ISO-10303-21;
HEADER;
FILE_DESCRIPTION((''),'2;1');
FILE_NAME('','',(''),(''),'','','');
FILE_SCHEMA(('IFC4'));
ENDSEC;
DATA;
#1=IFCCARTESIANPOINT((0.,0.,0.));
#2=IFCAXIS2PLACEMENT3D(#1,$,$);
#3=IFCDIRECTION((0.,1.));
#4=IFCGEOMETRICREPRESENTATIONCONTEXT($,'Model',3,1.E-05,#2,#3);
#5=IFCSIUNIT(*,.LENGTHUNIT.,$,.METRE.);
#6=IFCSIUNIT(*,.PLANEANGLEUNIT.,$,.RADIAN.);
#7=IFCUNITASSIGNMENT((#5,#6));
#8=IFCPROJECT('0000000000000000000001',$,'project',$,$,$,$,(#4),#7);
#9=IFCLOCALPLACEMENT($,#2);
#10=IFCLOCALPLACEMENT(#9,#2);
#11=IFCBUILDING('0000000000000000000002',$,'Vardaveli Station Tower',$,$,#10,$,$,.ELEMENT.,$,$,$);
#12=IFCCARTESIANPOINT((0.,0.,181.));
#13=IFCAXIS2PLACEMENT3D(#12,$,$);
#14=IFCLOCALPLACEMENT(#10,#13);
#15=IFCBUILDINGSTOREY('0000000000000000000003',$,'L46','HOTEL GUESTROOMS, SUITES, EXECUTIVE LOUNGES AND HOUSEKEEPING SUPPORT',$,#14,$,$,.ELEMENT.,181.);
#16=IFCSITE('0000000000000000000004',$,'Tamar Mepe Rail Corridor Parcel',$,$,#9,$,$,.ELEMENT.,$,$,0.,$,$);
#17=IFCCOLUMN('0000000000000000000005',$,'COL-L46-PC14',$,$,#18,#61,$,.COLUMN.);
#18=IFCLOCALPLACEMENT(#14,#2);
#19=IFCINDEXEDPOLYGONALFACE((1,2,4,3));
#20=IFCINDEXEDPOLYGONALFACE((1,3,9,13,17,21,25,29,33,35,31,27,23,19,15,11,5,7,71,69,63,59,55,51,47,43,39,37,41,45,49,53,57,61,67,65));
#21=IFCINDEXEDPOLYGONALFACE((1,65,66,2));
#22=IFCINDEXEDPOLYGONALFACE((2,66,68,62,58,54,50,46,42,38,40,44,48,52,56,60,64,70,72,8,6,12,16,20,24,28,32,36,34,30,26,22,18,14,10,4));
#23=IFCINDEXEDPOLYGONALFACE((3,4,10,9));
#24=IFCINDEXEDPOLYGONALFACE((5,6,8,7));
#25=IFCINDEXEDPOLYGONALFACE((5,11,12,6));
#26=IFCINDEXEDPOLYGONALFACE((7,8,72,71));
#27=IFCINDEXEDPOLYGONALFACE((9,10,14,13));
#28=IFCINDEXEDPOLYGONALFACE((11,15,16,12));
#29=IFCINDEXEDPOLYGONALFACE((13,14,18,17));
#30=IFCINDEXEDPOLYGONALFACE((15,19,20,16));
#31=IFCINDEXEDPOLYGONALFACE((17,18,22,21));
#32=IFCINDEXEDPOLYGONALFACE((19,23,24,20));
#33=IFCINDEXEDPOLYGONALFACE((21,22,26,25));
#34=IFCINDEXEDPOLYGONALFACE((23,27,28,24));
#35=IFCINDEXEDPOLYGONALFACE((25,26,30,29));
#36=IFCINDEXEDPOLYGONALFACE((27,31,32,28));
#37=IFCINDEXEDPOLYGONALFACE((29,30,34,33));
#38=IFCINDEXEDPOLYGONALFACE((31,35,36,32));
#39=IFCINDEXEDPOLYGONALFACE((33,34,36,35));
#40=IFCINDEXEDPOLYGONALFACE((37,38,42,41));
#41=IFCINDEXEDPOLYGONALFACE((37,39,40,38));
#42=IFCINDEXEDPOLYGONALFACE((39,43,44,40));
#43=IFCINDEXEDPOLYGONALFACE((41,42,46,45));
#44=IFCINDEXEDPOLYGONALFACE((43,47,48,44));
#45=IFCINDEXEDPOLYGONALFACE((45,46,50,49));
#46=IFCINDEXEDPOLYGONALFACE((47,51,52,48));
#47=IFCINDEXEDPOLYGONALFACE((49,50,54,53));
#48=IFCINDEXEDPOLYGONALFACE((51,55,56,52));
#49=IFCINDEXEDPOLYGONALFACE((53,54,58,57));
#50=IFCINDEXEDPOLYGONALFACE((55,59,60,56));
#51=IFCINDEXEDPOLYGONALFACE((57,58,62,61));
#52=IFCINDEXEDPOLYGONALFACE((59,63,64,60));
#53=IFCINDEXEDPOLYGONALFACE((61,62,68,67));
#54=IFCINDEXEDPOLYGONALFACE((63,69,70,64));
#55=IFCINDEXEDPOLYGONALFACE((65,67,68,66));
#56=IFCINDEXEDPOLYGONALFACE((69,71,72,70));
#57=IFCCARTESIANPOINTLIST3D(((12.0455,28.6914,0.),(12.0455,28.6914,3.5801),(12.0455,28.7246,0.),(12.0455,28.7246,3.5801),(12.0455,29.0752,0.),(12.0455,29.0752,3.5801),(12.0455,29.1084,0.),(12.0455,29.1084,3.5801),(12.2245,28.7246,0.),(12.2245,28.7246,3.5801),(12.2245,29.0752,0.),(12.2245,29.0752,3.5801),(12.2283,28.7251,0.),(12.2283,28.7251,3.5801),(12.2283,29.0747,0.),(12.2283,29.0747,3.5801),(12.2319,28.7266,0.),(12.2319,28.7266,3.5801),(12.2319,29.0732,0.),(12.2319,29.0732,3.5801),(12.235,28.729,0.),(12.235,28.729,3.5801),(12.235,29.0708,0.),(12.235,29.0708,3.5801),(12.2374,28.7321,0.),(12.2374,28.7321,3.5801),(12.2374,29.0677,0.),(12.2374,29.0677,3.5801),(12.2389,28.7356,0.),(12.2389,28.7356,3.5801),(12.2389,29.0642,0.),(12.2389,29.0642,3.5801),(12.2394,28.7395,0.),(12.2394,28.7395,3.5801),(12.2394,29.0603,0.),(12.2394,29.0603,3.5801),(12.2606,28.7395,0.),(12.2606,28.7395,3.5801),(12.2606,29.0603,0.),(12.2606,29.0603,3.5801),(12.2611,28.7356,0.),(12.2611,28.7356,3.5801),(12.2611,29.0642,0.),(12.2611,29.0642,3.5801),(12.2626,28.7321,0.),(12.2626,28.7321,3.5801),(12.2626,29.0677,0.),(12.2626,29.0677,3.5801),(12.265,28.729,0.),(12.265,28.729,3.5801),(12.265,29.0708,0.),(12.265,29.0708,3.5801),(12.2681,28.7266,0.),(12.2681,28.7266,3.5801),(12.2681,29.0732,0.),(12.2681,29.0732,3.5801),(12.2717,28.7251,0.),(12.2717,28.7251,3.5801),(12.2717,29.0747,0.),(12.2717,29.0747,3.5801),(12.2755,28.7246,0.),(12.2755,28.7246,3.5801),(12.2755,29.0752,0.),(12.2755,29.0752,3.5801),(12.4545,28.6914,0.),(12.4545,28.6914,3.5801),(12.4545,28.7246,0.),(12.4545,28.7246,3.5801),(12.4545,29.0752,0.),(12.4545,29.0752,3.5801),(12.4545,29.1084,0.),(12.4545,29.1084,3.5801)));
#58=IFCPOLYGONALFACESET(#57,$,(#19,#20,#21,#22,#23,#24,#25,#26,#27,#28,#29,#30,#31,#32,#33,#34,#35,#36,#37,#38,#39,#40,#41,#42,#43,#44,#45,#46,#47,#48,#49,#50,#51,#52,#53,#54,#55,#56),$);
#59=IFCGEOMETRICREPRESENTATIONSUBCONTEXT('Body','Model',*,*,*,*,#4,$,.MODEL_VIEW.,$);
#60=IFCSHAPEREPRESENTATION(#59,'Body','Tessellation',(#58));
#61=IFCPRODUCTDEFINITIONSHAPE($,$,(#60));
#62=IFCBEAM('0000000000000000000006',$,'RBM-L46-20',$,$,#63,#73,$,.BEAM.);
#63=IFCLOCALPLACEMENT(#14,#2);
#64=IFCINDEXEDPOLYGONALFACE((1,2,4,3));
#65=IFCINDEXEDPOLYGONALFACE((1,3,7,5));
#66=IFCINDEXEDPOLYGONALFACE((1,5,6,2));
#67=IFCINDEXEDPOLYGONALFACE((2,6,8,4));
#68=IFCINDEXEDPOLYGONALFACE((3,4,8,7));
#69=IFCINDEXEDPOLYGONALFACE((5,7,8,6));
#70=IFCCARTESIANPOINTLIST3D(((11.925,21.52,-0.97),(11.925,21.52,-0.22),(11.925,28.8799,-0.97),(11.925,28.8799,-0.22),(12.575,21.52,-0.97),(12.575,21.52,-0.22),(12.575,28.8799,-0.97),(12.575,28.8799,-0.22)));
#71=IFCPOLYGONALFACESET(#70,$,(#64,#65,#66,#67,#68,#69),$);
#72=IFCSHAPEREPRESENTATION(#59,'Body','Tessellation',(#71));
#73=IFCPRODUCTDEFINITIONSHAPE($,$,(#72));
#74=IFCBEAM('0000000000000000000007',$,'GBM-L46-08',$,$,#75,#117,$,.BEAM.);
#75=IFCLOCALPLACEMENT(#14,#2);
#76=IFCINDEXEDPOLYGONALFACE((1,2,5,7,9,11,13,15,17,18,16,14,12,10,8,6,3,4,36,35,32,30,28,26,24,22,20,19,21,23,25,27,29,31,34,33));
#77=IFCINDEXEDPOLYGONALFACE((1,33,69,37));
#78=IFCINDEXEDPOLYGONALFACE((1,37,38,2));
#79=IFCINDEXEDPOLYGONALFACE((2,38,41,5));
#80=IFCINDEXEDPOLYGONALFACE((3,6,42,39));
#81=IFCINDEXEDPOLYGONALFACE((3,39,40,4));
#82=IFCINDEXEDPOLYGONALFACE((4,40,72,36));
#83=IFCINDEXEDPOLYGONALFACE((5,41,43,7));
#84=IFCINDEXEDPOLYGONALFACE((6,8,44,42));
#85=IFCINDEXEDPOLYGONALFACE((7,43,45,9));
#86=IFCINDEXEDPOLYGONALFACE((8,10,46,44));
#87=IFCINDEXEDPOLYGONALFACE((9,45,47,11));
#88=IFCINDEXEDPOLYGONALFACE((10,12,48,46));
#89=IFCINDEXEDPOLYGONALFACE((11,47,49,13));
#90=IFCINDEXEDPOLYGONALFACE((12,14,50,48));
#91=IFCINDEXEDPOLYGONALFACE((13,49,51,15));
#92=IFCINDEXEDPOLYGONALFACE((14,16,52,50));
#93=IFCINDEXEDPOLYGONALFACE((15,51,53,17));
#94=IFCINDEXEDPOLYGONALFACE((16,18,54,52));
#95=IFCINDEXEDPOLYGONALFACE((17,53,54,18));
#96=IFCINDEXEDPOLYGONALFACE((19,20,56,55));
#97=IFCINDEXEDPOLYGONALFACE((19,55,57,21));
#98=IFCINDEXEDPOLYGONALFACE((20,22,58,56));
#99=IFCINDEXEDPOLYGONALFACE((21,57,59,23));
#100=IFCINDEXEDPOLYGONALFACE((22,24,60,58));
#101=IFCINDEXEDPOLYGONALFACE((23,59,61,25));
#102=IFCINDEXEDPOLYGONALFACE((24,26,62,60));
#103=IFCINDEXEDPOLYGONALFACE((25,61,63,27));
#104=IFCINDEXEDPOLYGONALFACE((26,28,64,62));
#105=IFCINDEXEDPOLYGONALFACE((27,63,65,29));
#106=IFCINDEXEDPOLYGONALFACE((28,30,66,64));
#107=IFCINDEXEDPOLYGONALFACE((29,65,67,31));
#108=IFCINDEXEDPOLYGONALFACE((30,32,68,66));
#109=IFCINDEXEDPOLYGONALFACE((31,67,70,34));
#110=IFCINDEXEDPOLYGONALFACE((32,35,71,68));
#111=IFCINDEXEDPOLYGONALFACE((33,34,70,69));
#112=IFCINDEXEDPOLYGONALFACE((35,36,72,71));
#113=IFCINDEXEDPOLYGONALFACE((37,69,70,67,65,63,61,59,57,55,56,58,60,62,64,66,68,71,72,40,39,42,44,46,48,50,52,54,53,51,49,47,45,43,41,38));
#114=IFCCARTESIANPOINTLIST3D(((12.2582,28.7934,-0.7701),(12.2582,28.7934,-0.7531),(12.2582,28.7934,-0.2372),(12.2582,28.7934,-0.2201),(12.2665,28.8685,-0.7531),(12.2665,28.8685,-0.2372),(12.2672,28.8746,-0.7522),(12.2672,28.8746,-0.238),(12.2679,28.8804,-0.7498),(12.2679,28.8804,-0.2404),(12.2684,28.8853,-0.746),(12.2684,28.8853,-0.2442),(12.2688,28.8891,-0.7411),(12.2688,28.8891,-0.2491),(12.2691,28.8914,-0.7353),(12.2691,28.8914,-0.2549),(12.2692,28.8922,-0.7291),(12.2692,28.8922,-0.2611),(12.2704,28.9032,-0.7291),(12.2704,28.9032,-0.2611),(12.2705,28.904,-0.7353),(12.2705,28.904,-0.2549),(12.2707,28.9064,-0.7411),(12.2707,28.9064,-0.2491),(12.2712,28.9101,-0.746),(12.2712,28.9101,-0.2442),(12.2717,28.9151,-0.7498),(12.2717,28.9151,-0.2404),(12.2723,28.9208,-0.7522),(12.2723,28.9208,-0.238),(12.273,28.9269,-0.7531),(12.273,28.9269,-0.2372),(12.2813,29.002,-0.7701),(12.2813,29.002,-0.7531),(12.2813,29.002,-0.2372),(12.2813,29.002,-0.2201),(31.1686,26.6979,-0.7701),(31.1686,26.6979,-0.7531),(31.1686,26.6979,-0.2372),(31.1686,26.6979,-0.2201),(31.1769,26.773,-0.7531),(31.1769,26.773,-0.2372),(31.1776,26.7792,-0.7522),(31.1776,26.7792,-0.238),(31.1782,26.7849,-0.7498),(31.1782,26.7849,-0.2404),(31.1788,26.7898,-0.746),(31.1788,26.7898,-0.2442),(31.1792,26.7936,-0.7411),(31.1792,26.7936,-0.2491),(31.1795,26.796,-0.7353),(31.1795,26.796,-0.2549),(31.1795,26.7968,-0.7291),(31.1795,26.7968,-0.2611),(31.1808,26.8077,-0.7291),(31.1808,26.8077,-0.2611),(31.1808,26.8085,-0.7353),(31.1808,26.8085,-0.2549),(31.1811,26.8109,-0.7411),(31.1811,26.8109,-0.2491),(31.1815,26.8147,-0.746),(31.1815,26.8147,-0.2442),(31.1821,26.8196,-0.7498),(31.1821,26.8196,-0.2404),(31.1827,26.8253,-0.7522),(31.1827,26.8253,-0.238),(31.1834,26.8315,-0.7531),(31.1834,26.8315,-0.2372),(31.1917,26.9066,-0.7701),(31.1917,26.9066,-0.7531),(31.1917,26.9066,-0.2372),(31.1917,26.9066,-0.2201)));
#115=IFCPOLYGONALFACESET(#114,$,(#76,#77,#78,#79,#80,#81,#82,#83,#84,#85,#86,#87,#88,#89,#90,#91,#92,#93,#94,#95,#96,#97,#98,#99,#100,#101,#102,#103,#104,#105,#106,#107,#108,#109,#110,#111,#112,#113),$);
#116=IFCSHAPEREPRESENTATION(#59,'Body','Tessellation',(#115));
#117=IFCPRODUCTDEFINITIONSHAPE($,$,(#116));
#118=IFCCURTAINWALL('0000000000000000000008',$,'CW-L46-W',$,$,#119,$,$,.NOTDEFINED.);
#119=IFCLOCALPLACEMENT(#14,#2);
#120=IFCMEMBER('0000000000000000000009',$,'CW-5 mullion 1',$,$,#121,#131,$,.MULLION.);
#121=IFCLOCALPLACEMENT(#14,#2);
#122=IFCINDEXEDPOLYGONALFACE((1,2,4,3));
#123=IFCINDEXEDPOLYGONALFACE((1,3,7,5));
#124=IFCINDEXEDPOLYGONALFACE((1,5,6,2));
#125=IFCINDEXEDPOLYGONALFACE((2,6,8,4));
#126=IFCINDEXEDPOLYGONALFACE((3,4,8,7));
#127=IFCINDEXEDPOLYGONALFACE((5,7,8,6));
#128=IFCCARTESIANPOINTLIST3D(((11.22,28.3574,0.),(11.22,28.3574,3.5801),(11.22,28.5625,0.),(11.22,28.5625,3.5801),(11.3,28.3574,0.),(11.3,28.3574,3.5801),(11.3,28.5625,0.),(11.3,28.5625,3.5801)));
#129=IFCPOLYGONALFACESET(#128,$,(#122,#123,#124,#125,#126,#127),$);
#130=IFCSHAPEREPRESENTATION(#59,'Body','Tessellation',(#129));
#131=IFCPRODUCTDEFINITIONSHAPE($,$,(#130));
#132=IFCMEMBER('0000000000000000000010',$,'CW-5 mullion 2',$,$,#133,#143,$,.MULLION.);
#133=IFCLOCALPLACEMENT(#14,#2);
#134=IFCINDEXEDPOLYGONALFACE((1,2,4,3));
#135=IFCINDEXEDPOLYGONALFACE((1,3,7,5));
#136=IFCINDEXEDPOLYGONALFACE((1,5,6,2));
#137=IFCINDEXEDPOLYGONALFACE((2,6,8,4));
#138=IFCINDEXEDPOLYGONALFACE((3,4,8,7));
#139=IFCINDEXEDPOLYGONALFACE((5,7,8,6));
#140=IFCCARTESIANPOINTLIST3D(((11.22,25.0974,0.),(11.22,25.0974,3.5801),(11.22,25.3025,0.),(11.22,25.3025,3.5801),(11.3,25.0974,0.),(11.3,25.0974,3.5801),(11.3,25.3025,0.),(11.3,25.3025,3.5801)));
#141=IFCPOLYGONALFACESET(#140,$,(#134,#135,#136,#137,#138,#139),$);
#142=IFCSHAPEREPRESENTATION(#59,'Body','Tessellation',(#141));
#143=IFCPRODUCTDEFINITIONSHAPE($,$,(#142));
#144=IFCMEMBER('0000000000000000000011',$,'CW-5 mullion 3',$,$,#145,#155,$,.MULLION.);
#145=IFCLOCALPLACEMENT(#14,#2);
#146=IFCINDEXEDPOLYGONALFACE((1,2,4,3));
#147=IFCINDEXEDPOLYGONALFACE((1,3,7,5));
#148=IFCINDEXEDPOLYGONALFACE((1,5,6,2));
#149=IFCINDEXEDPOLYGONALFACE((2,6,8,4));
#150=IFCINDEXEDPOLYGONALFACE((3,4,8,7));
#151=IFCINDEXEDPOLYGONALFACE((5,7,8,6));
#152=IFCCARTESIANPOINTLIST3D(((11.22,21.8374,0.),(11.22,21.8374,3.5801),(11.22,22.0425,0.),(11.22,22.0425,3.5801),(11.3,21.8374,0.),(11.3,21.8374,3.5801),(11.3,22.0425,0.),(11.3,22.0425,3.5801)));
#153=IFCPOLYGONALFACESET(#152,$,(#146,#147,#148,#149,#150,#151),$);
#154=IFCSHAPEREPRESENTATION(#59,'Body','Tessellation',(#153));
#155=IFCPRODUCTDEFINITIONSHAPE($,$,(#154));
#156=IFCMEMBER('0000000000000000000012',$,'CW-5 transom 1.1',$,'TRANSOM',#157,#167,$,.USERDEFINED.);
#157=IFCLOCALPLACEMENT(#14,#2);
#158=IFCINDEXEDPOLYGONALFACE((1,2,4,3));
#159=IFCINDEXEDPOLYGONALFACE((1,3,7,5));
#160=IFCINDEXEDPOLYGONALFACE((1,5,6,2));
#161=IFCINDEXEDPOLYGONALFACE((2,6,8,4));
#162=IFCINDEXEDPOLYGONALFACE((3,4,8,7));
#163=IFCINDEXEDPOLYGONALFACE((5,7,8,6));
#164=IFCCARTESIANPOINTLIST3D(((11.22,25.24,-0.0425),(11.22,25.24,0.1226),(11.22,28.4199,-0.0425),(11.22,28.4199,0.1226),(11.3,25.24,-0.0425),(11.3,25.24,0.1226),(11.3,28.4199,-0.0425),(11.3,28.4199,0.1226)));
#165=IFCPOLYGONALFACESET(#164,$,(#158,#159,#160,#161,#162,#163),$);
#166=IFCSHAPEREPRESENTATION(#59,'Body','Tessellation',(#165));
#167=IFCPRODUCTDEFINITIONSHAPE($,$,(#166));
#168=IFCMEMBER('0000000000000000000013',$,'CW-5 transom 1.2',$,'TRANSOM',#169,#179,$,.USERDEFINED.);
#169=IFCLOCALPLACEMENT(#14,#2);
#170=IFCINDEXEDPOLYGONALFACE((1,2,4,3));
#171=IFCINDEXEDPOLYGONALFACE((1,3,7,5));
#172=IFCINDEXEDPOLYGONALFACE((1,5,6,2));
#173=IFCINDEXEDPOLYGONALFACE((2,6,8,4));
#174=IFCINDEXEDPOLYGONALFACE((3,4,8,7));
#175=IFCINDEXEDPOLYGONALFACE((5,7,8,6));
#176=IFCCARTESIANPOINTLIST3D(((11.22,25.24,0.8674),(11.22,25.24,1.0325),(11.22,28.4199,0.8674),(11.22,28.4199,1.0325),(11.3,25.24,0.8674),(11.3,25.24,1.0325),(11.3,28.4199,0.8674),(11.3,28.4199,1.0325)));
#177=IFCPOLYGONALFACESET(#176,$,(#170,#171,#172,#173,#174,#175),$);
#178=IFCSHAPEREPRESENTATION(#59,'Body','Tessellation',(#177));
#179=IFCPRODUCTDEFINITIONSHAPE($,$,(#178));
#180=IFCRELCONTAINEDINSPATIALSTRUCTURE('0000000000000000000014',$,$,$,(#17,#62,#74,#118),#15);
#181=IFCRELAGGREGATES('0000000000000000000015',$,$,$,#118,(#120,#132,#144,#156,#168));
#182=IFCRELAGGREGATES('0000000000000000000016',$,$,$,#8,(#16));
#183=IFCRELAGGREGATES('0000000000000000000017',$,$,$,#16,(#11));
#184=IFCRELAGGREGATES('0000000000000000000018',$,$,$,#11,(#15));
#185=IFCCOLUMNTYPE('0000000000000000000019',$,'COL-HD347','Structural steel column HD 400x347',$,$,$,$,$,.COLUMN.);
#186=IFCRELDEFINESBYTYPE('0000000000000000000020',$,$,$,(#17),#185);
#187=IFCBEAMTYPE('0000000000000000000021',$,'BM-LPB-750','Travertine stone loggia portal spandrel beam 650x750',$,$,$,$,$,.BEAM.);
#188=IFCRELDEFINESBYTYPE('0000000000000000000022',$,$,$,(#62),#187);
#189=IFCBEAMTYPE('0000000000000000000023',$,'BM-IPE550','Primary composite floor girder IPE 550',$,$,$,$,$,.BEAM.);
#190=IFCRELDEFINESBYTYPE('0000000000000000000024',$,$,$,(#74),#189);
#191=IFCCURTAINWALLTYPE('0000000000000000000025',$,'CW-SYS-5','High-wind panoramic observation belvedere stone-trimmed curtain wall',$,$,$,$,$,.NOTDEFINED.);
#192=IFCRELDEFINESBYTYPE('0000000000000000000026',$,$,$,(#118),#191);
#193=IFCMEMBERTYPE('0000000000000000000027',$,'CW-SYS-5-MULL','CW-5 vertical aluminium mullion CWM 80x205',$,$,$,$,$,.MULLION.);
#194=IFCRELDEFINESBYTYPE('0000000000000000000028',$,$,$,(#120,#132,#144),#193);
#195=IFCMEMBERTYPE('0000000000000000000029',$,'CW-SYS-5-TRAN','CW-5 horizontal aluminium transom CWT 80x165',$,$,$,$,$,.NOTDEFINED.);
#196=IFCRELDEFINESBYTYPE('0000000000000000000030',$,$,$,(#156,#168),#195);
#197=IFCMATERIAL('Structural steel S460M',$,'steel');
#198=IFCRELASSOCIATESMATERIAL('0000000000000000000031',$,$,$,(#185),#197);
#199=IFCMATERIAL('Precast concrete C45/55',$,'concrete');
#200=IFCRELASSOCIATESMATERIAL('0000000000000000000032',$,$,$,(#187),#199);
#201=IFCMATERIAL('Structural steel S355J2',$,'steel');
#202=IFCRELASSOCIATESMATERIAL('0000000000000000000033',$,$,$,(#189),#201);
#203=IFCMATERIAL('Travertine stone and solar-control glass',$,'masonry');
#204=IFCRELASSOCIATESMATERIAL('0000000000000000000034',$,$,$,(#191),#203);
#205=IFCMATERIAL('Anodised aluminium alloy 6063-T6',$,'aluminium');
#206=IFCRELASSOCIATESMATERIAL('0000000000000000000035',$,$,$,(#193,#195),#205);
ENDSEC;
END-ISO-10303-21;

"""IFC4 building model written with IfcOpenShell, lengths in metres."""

from ifc_helpers import new_model, si_unit, direction, frame, origin, origin_2d, place, context, subcontext, project, spatial, rectangle, i_section, extrude, source, transform, mapped, material, material_profile, profile_set, type_object, element, aggregate, save


model = new_model("IFC4")

# Units and contexts
model_context = context("Model", 3, precision=1e-05, world=origin(), true_north=direction((0.0, 1.0)))
body_context = subcontext(model_context, "Body", "Model", "MODEL_VIEW")
ifc_project = project(units=[si_unit("LENGTHUNIT", "METRE"), si_unit("PLANEANGLEUNIT", "RADIAN")], contexts=[model_context])

# Site, building, storey
site_placement = place(None, origin())
site = spatial("IfcSite", under=ifc_project, at=site_placement, Name="Tamar Mepe Rail Corridor Parcel", CompositionType="ELEMENT", RefElevation=0.0)
building_placement = place(site_placement, origin())
building = spatial("IfcBuilding", under=site, at=building_placement, Name="Vardaveli Station Tower", CompositionType="ELEMENT")
storey_placement = place(building_placement, frame((0.0, 0.0, 181.0)))
storey = spatial("IfcBuildingStorey", under=building, at=storey_placement, Name="L46", Description="HOTEL GUESTROOMS, SUITES, EXECUTIVE LOUNGES AND HOUSEKEEPING SUPPORT", CompositionType="ELEMENT", Elevation=181.0)

# Column
ifc_material_1 = material(Name="Structural steel S460M", Category="steel")
ifc_material_profile_1 = material_profile(ifc_material_1, i_section(OverallWidth=0.4089, OverallDepth=0.417, WebThickness=0.0212, FlangeThickness=0.0332, FilletRadius=0.0149, at=origin_2d()), Name="HD 400x347")
ifc_profile_set_1 = profile_set([ifc_material_profile_1], Name="Structural steel S460M")
column_type = type_object("IfcColumnType", Name="COL-HD347", Description="Structural steel column HD 400x347", PredefinedType="COLUMN", material=ifc_profile_set_1)
shared_shape_1 = source(origin(), body_context, "Body", "SweptSolid", [
    extrude(i_section(OverallWidth=0.4089, OverallDepth=0.417, WebThickness=0.0212, FlangeThickness=0.0332, FilletRadius=0.0149, at=origin_2d()), origin(), (0.0, 0.0, 1.0), 3.5801),
])
column_placement = place(storey_placement, frame((12.25, 28.8999, 0.0), z_axis=(0.0, 0.0, 1.0), x_axis=(1.0, 0.0, 0.0)))
element("IfcColumn", 1, at=column_placement, inside=storey, type_object=column_type, Name="COL-L46-PC14", PredefinedType="COLUMN", context=body_context, shape_type="MappedRepresentation", body=[
    mapped(shared_shape_1, transform((0.0, 0.0, 0.0), scale=1.0)),
])

# Beams
ifc_material_2 = material(Name="Precast concrete C45/55", Category="concrete")
ifc_material_profile_2 = material_profile(ifc_material_2, rectangle(XDim=0.6499, YDim=0.75, at=origin_2d()), Name="LPB 650x750")
ifc_profile_set_2 = profile_set([ifc_material_profile_2], Name="Precast concrete C45/55")
beam_type_1 = type_object("IfcBeamType", Name="BM-LPB-750", Description="Travertine stone loggia portal spandrel beam 650x750", PredefinedType="BEAM", material=ifc_profile_set_2)
shared_shape_2 = source(origin(), body_context, "Body", "SweptSolid", [
    extrude(rectangle(XDim=0.6499, YDim=0.75, at=origin_2d()), origin(), (0.0, 0.0, 1.0), 7.3599),
])
beam_1_placement = place(storey_placement, frame((12.25, 28.8799, -0.595), z_axis=(0.0, -1.0, 0.0), x_axis=(1.0, 0.0, 0.0)))
element("IfcBeam", 2, at=beam_1_placement, inside=storey, type_object=beam_type_1, Name="RBM-L46-20", PredefinedType="BEAM", context=body_context, shape_type="MappedRepresentation", body=[
    mapped(shared_shape_2, transform((0.0, 0.0, 0.0), scale=1.0)),
])
ifc_material_3 = material(Name="Structural steel S355J2", Category="steel")
ifc_material_profile_3 = material_profile(ifc_material_3, i_section(OverallWidth=0.21, OverallDepth=0.55, WebThickness=0.011, FlangeThickness=0.0171, FilletRadius=0.0239, at=origin_2d()), Name="IPE 550")
ifc_profile_set_3 = profile_set([ifc_material_profile_3], Name="Structural steel S355J2")
beam_type_2 = type_object("IfcBeamType", Name="BM-IPE550", Description="Primary composite floor girder IPE 550", PredefinedType="BEAM", material=ifc_profile_set_3)
shared_shape_3 = source(origin(), body_context, "Body", "SweptSolid", [
    extrude(i_section(OverallWidth=0.21, OverallDepth=0.55, WebThickness=0.011, FlangeThickness=0.0171, FilletRadius=0.0239, at=origin_2d()), origin(), (0.0, 0.0, 1.0), 19.0261),
])
beam_2_placement = place(storey_placement, frame((12.2698, 28.8977, -0.4951), z_axis=(0.993917, -0.110136, 0.0), x_axis=(0.110136, 0.993917, 0.0)))
element("IfcBeam", 3, at=beam_2_placement, inside=storey, type_object=beam_type_2, Name="GBM-L46-08", PredefinedType="BEAM", context=body_context, shape_type="MappedRepresentation", body=[
    mapped(shared_shape_3, transform((0.0, 0.0, 0.0), scale=1.0)),
])

# Curtain wall, members
ifc_material_4 = material(Name="Travertine stone and solar-control glass", Category="masonry")
curtain_wall_type = type_object("IfcCurtainWallType", Name="CW-SYS-5", Description="High-wind panoramic observation belvedere stone-trimmed curtain wall", PredefinedType="NOTDEFINED", material=ifc_material_4)
curtain_wall_placement = place(storey_placement, origin())
curtain_wall = element("IfcCurtainWall", 4, at=curtain_wall_placement, inside=storey, type_object=curtain_wall_type, Name="CW-L46-W", PredefinedType="NOTDEFINED")
ifc_material_5 = material(Name="Anodised aluminium alloy 6063-T6", Category="aluminium")
ifc_material_profile_4 = material_profile(ifc_material_5, rectangle(XDim=0.0801, YDim=0.2051, at=origin_2d()), Name="CWM 80x205")
ifc_profile_set_4 = profile_set([ifc_material_profile_4], Name="Anodised aluminium alloy 6063-T6")
member_type_1 = type_object("IfcMemberType", Name="CW-SYS-5-MULL", Description="CW-5 vertical aluminium mullion CWM 80x205", PredefinedType="MULLION", material=ifc_profile_set_4)
shared_shape_4 = source(origin(), body_context, "Body", "SweptSolid", [
    extrude(rectangle(XDim=0.0801, YDim=0.2051, at=origin_2d()), origin(), (0.0, 0.0, 1.0), 3.5801),
])
member_1_placement = place(storey_placement, frame((11.26, 28.46, 0.0), z_axis=(0.0, 0.0, 1.0), x_axis=(1.0, 0.0, 0.0)))
member_1 = element("IfcMember", 5, at=member_1_placement, type_object=member_type_1, Name="CW-5 mullion 1", PredefinedType="MULLION", context=body_context, shape_type="MappedRepresentation", body=[
    mapped(shared_shape_4, transform((0.0, 0.0, 0.0), scale=1.0)),
])
member_2_placement = place(storey_placement, frame((11.26, 25.2, 0.0), z_axis=(0.0, 0.0, 1.0), x_axis=(1.0, 0.0, 0.0)))
member_2 = element("IfcMember", 6, at=member_2_placement, type_object=member_type_1, Name="CW-5 mullion 2", PredefinedType="MULLION", context=body_context, shape_type="MappedRepresentation", body=[
    mapped(shared_shape_4, transform((0.0, 0.0, 0.0), scale=1.0)),
])
member_3_placement = place(storey_placement, frame((11.26, 21.9399, 0.0), z_axis=(0.0, 0.0, 1.0), x_axis=(1.0, 0.0, 0.0)))
member_3 = element("IfcMember", 7, at=member_3_placement, type_object=member_type_1, Name="CW-5 mullion 3", PredefinedType="MULLION", context=body_context, shape_type="MappedRepresentation", body=[
    mapped(shared_shape_4, transform((0.0, 0.0, 0.0), scale=1.0)),
])
ifc_material_profile_5 = material_profile(ifc_material_5, rectangle(XDim=0.0801, YDim=0.165, at=origin_2d()), Name="CWT 80x165")
ifc_profile_set_5 = profile_set([ifc_material_profile_5], Name="Anodised aluminium alloy 6063-T6")
member_type_2 = type_object("IfcMemberType", Name="CW-SYS-5-TRAN", Description="CW-5 horizontal aluminium transom CWT 80x165", PredefinedType="NOTDEFINED", material=ifc_profile_set_5)
shared_shape_5 = source(origin(), body_context, "Body", "SweptSolid", [
    extrude(rectangle(XDim=0.0801, YDim=0.165, at=origin_2d()), origin(), (0.0, 0.0, 1.0), 3.1799),
])
member_4_placement = place(storey_placement, frame((11.26, 28.4199, 0.04), z_axis=(0.0, -1.0, 0.0), x_axis=(1.0, 0.0, 0.0)))
member_4 = element("IfcMember", 8, at=member_4_placement, type_object=member_type_2, Name="CW-5 transom 1.1", ObjectType="TRANSOM", PredefinedType="USERDEFINED", context=body_context, shape_type="MappedRepresentation", body=[
    mapped(shared_shape_5, transform((0.0, 0.0, 0.0), scale=1.0)),
])
member_5_placement = place(storey_placement, frame((11.26, 28.4199, 0.95), z_axis=(0.0, -1.0, 0.0), x_axis=(1.0, 0.0, 0.0)))
member_5 = element("IfcMember", 9, at=member_5_placement, type_object=member_type_2, Name="CW-5 transom 1.2", ObjectType="TRANSOM", PredefinedType="USERDEFINED", context=body_context, shape_type="MappedRepresentation", body=[
    mapped(shared_shape_5, transform((0.0, 0.0, 0.0), scale=1.0)),
])
aggregate(curtain_wall, [member_1, member_2, member_3, member_4, member_5])

save(model, "model.ifc")
